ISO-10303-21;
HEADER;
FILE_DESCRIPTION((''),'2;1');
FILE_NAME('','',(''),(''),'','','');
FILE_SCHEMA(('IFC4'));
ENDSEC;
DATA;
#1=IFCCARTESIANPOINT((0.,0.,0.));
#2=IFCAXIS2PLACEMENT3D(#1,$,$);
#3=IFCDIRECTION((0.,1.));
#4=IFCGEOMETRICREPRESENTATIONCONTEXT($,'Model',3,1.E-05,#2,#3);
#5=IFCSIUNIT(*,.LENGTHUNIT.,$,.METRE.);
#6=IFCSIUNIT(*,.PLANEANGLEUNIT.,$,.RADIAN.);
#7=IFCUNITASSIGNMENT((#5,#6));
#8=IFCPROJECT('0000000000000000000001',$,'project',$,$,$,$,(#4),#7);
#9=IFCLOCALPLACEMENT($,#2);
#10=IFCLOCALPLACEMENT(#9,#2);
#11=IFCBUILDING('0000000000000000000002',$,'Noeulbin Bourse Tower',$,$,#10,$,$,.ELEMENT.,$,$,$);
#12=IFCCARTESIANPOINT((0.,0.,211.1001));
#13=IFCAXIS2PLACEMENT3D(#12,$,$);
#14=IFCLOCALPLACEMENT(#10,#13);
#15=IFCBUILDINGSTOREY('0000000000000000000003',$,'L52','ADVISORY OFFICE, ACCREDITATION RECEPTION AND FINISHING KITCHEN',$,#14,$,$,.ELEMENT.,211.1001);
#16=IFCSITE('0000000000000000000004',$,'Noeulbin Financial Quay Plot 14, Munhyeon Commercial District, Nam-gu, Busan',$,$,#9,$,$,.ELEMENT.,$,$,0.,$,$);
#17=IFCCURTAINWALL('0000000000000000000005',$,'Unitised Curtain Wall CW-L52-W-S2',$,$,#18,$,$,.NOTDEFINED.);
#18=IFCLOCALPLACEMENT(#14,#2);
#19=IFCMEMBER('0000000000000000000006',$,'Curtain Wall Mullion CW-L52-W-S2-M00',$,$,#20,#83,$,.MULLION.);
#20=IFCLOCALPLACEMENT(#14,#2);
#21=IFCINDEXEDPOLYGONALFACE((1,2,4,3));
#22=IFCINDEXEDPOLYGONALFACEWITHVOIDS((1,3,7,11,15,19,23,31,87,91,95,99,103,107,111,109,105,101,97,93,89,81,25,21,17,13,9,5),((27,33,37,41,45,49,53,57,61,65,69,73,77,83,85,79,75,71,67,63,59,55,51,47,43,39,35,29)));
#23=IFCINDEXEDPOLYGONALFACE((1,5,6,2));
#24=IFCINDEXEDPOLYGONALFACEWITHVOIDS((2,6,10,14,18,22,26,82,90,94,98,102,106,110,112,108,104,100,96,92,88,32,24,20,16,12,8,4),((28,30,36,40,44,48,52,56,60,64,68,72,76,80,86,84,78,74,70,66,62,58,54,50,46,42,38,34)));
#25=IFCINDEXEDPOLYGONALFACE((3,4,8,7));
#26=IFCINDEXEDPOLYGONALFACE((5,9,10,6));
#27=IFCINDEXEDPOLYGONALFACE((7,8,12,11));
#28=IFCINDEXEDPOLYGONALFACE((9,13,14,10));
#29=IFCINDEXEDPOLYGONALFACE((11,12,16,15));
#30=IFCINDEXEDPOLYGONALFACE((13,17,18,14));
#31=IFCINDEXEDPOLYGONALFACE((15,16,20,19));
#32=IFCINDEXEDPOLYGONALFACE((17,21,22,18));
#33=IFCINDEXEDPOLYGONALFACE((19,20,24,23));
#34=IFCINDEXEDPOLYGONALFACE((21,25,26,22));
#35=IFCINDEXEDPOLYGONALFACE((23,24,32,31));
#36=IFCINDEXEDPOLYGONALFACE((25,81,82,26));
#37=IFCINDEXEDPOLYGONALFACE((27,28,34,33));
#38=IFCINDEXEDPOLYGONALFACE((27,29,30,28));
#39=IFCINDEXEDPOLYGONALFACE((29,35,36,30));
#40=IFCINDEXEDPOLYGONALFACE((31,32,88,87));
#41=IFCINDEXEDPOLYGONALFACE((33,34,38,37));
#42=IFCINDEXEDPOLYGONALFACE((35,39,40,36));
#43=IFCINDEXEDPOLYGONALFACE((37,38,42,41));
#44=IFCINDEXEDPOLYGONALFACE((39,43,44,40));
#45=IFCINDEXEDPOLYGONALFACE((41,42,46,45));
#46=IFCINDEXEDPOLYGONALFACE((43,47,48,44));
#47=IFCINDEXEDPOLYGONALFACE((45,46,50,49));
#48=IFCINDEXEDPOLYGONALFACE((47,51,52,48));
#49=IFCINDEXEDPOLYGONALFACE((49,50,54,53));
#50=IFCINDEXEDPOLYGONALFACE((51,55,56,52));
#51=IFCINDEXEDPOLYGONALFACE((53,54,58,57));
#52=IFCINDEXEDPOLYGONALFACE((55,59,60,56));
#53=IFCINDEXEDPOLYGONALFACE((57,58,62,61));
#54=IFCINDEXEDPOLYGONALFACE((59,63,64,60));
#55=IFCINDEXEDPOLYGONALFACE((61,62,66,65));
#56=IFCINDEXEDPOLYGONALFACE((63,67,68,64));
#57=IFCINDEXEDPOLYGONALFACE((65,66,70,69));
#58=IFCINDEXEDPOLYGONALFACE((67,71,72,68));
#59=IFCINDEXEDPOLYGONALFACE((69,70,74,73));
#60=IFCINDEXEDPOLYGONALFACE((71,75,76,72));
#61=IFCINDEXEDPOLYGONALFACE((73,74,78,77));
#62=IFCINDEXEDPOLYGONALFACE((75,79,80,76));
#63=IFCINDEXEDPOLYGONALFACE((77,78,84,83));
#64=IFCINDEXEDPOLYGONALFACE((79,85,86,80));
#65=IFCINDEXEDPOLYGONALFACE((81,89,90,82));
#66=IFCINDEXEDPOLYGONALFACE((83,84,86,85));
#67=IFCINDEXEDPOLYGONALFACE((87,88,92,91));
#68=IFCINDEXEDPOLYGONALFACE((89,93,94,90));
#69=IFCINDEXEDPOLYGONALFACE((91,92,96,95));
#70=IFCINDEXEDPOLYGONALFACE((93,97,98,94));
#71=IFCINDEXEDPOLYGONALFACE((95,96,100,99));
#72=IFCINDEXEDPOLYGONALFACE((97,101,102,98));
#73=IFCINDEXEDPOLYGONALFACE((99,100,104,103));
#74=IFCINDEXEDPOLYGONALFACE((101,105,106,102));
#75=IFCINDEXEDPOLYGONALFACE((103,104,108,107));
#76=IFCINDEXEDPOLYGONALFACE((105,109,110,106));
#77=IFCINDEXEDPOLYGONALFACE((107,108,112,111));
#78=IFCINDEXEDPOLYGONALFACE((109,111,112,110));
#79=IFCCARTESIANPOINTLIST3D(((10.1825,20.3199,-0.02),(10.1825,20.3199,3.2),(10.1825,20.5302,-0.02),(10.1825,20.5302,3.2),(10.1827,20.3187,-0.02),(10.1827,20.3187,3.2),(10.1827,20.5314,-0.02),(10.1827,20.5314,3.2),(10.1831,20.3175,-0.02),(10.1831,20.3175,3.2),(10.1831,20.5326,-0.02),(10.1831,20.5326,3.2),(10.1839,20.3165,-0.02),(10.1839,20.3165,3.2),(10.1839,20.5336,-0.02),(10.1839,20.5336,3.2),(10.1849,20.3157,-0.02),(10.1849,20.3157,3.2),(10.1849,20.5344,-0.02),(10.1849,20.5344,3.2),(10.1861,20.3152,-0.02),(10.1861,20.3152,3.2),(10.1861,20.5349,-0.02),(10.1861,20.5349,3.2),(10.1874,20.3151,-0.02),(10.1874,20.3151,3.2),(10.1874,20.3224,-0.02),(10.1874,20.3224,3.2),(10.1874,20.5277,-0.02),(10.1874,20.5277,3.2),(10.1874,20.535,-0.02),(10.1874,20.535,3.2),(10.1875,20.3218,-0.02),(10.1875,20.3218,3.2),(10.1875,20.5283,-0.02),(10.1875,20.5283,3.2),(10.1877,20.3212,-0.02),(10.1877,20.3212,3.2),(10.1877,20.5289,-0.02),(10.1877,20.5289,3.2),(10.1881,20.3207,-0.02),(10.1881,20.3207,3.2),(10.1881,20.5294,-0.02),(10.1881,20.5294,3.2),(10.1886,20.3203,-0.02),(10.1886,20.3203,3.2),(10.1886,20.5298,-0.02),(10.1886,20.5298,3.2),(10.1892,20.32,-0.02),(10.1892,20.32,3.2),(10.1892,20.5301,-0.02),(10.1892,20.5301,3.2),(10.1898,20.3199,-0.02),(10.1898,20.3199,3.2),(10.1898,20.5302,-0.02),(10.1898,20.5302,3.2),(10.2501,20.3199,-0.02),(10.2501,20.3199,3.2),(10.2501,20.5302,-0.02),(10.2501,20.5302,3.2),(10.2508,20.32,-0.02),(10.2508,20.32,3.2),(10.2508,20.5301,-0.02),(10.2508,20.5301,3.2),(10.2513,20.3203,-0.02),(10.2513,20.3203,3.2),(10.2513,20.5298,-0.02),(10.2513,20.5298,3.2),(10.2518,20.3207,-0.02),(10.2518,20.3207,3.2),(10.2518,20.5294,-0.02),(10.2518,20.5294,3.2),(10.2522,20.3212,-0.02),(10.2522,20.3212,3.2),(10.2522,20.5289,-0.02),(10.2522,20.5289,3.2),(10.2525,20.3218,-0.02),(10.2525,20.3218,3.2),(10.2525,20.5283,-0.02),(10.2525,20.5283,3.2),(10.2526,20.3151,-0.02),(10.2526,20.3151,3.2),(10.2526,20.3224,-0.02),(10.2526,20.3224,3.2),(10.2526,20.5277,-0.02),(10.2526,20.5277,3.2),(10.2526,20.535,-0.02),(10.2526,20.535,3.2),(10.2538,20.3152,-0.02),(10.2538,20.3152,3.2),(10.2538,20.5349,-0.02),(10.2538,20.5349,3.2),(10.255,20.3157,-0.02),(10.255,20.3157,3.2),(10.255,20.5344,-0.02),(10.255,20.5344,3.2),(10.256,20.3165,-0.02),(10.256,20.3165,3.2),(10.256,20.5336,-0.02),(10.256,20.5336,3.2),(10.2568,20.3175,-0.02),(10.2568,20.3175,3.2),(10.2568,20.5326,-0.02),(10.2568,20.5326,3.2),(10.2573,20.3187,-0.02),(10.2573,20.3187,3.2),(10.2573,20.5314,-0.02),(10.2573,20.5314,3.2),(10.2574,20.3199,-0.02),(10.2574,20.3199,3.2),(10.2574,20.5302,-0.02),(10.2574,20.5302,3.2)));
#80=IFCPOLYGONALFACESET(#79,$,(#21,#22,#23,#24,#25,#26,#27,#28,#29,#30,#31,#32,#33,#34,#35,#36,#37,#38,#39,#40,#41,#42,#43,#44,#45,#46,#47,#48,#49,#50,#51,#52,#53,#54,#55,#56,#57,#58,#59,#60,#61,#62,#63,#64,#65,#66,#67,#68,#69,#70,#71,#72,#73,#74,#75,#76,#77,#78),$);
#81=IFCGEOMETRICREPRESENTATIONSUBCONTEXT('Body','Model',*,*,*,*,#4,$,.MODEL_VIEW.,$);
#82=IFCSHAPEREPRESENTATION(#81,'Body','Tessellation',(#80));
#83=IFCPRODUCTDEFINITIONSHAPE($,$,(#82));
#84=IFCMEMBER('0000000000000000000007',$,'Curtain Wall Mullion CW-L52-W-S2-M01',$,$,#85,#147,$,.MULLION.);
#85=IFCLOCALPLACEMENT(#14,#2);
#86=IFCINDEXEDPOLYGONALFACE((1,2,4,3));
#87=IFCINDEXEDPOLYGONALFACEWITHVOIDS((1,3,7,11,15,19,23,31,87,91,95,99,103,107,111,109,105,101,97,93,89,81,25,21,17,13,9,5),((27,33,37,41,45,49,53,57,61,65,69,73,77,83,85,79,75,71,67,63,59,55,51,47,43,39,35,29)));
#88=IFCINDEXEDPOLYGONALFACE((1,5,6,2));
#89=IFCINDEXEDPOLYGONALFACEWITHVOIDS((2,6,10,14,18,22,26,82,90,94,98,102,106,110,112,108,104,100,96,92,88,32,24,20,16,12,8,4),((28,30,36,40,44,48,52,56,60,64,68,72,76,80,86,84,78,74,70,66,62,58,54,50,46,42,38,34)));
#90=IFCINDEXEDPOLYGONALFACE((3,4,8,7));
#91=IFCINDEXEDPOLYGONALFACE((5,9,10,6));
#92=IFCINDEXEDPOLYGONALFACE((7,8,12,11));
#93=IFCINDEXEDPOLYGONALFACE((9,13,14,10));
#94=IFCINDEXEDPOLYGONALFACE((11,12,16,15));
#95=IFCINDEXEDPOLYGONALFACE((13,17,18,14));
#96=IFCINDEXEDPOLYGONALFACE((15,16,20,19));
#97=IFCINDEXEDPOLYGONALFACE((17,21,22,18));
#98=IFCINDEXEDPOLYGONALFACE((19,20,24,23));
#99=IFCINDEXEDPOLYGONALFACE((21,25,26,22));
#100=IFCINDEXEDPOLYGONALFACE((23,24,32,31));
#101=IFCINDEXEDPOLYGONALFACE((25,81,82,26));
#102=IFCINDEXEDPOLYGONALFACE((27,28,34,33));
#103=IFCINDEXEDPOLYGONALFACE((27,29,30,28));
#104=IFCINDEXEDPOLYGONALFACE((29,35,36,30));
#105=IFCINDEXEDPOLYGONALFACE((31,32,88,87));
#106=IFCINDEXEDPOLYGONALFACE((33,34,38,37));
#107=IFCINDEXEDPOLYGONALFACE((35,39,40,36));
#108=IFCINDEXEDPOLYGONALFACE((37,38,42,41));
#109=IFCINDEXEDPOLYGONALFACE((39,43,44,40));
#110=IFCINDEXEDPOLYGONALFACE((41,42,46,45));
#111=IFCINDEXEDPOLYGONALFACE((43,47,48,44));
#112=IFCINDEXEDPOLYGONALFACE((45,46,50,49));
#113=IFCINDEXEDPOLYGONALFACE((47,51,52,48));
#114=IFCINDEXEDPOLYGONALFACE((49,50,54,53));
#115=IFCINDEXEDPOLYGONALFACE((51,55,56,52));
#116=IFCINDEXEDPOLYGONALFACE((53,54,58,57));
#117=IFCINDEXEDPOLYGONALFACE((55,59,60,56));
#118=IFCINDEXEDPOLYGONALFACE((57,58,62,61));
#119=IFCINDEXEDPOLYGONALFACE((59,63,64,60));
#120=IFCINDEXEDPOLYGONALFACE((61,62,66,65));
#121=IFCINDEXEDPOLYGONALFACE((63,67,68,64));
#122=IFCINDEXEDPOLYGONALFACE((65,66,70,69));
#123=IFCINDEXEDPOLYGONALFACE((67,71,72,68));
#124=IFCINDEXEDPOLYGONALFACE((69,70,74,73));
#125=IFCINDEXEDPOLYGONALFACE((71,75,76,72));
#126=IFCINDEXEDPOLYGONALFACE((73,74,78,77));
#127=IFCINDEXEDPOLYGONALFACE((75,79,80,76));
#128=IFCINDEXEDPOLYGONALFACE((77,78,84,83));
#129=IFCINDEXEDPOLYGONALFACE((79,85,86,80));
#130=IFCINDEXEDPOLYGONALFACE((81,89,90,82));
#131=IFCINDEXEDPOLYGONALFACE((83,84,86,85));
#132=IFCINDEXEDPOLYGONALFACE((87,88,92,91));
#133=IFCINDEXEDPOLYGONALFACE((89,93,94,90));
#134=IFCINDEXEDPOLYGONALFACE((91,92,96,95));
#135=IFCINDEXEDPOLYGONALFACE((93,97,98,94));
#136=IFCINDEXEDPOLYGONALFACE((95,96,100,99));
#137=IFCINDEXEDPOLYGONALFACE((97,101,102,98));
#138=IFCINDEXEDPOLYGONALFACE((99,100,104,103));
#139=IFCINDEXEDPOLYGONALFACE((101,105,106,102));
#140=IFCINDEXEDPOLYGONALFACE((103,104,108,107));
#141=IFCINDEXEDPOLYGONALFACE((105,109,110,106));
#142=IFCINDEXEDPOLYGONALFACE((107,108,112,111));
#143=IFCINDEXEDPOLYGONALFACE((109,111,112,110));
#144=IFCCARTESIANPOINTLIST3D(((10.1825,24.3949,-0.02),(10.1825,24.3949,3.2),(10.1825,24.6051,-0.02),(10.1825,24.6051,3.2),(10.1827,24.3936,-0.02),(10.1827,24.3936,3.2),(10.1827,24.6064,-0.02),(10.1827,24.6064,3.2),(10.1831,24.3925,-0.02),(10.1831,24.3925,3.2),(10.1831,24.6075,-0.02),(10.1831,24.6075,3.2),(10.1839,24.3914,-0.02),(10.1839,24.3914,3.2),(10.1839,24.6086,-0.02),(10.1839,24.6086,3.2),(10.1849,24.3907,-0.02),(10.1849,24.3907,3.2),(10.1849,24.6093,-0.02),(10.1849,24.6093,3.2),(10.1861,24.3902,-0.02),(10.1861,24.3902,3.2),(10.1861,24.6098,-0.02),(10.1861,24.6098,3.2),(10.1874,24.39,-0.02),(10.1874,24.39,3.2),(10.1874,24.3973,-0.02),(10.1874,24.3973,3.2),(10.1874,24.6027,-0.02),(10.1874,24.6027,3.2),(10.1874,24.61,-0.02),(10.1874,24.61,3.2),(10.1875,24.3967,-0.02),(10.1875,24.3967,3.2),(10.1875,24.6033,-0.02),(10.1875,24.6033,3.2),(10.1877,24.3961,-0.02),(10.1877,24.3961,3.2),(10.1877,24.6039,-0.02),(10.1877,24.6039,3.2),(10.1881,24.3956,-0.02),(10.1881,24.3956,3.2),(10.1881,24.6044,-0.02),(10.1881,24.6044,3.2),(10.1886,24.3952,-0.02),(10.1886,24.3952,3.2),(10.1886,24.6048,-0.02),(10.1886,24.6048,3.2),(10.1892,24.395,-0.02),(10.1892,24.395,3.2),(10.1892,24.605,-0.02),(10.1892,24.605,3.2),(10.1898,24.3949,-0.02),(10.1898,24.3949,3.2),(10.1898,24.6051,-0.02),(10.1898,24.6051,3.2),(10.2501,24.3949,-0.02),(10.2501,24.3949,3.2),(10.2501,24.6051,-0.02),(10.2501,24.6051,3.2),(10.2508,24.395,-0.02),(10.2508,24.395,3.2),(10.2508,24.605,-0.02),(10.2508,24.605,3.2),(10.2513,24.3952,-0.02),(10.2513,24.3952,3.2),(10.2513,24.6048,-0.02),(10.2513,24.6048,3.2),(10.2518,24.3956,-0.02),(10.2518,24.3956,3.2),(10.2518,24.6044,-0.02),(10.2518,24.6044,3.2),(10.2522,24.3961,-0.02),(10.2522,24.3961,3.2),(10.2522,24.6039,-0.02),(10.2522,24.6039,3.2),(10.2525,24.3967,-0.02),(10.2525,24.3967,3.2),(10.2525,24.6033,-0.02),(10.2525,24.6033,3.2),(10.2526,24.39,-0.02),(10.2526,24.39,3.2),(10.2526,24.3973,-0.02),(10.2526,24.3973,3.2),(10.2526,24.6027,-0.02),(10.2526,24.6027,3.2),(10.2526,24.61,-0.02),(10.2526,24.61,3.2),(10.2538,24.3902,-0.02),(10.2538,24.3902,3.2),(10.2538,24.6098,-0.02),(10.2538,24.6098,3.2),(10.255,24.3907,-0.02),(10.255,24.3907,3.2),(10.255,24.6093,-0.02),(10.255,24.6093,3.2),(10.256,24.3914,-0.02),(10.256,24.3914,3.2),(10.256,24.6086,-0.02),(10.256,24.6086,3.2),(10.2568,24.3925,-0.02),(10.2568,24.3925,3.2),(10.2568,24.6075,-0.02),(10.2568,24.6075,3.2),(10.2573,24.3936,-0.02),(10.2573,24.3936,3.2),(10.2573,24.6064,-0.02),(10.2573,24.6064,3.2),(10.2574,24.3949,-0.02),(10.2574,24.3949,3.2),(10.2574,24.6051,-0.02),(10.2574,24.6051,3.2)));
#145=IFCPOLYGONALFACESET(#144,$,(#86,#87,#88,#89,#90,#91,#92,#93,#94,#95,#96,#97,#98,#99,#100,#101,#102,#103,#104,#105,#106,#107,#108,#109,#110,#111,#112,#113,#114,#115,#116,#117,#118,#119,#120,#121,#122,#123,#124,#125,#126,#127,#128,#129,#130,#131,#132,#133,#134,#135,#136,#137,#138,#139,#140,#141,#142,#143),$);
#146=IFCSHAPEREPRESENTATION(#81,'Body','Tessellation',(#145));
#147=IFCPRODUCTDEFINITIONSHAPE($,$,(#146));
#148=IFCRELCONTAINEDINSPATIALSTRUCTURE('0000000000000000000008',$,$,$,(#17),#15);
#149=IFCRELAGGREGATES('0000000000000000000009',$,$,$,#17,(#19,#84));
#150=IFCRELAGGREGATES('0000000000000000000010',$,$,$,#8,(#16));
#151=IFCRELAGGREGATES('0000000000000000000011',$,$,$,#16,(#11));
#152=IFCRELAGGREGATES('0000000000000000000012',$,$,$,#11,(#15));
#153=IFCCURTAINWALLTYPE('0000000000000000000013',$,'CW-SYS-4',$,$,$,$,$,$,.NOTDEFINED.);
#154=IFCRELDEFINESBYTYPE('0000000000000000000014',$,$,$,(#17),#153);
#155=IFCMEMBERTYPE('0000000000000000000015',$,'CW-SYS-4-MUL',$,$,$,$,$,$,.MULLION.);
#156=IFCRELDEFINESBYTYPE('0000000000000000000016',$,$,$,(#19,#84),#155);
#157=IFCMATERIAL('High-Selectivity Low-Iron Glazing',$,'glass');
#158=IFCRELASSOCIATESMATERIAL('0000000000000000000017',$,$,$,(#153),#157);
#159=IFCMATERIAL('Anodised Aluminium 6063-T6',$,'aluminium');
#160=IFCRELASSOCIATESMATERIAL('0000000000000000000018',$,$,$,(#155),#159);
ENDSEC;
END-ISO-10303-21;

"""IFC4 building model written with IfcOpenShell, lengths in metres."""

from ifc_helpers import new_model, si_unit, direction, frame, origin, origin_2d, place, context, subcontext, project, spatial, hollow_rectangle, extrude, material, material_profile, profile_set, type_object, element, aggregate, save


model = new_model("IFC4")

# Units and contexts
model_context = context("Model", 3, precision=1e-05, world=origin(), true_north=direction((0.0, 1.0)))
body_context = subcontext(model_context, "Body", "Model", "MODEL_VIEW")
ifc_project = project(units=[si_unit("LENGTHUNIT", "METRE"), si_unit("PLANEANGLEUNIT", "RADIAN")], contexts=[model_context])

# Site, building, storey
site_placement = place(None, origin())
site = spatial("IfcSite", under=ifc_project, at=site_placement, Name="Noeulbin Financial Quay Plot 14, Munhyeon Commercial District, Nam-gu, Busan", CompositionType="ELEMENT", RefElevation=0.0)
building_placement = place(site_placement, origin())
building = spatial("IfcBuilding", under=site, at=building_placement, Name="Noeulbin Bourse Tower", CompositionType="ELEMENT")
storey_placement = place(building_placement, frame((0.0, 0.0, 211.1001)))
storey = spatial("IfcBuildingStorey", under=building, at=storey_placement, Name="L52", Description="ADVISORY OFFICE, ACCREDITATION RECEPTION AND FINISHING KITCHEN", CompositionType="ELEMENT", Elevation=211.1001)

# Curtain wall, members
ifc_material_1 = material(Name="High-Selectivity Low-Iron Glazing", Category="glass")
curtain_wall_type = type_object("IfcCurtainWallType", Name="CW-SYS-4", PredefinedType="NOTDEFINED", material=ifc_material_1)
curtain_wall_1_placement = place(storey_placement, origin())
curtain_wall_1 = element("IfcCurtainWall", 1, at=curtain_wall_1_placement, inside=storey, type_object=curtain_wall_type, Name="Unitised Curtain Wall CW-L52-W-S2", PredefinedType="NOTDEFINED")
ifc_material_2 = material(Name="Anodised Aluminium 6063-T6", Category="aluminium")
ifc_material_profile_1 = material_profile(ifc_material_2, hollow_rectangle(XDim=0.075, YDim=0.22, WallThickness=0.0049, InnerFilletRadius=0.0024, OuterFilletRadius=0.0049, at=origin_2d()), Name="ALU-MULL-75x220x5", Category="LoadBearing")
ifc_profile_set_1 = profile_set([ifc_material_profile_1], Name="Anodised Aluminium 6063-T6")
member_type_1 = type_object("IfcMemberType", Name="CW-SYS-4-MUL", PredefinedType="MULLION", material=ifc_profile_set_1)
member_1_placement = place(storey_placement, frame((10.22, 20.425, -0.02), z_axis=(0.0, 0.0, 1.0), x_axis=(1.0, 0.0, 0.0)))
member_1 = element("IfcMember", 2, at=member_1_placement, type_object=member_type_1, Name="Curtain Wall Mullion CW-L52-W-S2-M00", PredefinedType="MULLION", context=body_context, shape_type="SweptSolid", body=[
    extrude(hollow_rectangle(XDim=0.075, YDim=0.22, WallThickness=0.0049, InnerFilletRadius=0.0024, OuterFilletRadius=0.0049, at=origin_2d()), origin(), (0.0, 0.0, 1.0), 3.22),
])
member_2_placement = place(storey_placement, frame((10.22, 24.5, -0.02), z_axis=(0.0, 0.0, 1.0), x_axis=(1.0, 0.0, 0.0)))
member_2 = element("IfcMember", 3, at=member_2_placement, type_object=member_type_1, Name="Curtain Wall Mullion CW-L52-W-S2-M01", PredefinedType="MULLION", context=body_context, shape_type="SweptSolid", body=[
    extrude(hollow_rectangle(XDim=0.075, YDim=0.22, WallThickness=0.0049, InnerFilletRadius=0.0024, OuterFilletRadius=0.0049, at=origin_2d()), origin(), (0.0, 0.0, 1.0), 3.22),
])

aggregate(curtain_wall_1, [member_1, member_2])

save(model, "model.ifc")
